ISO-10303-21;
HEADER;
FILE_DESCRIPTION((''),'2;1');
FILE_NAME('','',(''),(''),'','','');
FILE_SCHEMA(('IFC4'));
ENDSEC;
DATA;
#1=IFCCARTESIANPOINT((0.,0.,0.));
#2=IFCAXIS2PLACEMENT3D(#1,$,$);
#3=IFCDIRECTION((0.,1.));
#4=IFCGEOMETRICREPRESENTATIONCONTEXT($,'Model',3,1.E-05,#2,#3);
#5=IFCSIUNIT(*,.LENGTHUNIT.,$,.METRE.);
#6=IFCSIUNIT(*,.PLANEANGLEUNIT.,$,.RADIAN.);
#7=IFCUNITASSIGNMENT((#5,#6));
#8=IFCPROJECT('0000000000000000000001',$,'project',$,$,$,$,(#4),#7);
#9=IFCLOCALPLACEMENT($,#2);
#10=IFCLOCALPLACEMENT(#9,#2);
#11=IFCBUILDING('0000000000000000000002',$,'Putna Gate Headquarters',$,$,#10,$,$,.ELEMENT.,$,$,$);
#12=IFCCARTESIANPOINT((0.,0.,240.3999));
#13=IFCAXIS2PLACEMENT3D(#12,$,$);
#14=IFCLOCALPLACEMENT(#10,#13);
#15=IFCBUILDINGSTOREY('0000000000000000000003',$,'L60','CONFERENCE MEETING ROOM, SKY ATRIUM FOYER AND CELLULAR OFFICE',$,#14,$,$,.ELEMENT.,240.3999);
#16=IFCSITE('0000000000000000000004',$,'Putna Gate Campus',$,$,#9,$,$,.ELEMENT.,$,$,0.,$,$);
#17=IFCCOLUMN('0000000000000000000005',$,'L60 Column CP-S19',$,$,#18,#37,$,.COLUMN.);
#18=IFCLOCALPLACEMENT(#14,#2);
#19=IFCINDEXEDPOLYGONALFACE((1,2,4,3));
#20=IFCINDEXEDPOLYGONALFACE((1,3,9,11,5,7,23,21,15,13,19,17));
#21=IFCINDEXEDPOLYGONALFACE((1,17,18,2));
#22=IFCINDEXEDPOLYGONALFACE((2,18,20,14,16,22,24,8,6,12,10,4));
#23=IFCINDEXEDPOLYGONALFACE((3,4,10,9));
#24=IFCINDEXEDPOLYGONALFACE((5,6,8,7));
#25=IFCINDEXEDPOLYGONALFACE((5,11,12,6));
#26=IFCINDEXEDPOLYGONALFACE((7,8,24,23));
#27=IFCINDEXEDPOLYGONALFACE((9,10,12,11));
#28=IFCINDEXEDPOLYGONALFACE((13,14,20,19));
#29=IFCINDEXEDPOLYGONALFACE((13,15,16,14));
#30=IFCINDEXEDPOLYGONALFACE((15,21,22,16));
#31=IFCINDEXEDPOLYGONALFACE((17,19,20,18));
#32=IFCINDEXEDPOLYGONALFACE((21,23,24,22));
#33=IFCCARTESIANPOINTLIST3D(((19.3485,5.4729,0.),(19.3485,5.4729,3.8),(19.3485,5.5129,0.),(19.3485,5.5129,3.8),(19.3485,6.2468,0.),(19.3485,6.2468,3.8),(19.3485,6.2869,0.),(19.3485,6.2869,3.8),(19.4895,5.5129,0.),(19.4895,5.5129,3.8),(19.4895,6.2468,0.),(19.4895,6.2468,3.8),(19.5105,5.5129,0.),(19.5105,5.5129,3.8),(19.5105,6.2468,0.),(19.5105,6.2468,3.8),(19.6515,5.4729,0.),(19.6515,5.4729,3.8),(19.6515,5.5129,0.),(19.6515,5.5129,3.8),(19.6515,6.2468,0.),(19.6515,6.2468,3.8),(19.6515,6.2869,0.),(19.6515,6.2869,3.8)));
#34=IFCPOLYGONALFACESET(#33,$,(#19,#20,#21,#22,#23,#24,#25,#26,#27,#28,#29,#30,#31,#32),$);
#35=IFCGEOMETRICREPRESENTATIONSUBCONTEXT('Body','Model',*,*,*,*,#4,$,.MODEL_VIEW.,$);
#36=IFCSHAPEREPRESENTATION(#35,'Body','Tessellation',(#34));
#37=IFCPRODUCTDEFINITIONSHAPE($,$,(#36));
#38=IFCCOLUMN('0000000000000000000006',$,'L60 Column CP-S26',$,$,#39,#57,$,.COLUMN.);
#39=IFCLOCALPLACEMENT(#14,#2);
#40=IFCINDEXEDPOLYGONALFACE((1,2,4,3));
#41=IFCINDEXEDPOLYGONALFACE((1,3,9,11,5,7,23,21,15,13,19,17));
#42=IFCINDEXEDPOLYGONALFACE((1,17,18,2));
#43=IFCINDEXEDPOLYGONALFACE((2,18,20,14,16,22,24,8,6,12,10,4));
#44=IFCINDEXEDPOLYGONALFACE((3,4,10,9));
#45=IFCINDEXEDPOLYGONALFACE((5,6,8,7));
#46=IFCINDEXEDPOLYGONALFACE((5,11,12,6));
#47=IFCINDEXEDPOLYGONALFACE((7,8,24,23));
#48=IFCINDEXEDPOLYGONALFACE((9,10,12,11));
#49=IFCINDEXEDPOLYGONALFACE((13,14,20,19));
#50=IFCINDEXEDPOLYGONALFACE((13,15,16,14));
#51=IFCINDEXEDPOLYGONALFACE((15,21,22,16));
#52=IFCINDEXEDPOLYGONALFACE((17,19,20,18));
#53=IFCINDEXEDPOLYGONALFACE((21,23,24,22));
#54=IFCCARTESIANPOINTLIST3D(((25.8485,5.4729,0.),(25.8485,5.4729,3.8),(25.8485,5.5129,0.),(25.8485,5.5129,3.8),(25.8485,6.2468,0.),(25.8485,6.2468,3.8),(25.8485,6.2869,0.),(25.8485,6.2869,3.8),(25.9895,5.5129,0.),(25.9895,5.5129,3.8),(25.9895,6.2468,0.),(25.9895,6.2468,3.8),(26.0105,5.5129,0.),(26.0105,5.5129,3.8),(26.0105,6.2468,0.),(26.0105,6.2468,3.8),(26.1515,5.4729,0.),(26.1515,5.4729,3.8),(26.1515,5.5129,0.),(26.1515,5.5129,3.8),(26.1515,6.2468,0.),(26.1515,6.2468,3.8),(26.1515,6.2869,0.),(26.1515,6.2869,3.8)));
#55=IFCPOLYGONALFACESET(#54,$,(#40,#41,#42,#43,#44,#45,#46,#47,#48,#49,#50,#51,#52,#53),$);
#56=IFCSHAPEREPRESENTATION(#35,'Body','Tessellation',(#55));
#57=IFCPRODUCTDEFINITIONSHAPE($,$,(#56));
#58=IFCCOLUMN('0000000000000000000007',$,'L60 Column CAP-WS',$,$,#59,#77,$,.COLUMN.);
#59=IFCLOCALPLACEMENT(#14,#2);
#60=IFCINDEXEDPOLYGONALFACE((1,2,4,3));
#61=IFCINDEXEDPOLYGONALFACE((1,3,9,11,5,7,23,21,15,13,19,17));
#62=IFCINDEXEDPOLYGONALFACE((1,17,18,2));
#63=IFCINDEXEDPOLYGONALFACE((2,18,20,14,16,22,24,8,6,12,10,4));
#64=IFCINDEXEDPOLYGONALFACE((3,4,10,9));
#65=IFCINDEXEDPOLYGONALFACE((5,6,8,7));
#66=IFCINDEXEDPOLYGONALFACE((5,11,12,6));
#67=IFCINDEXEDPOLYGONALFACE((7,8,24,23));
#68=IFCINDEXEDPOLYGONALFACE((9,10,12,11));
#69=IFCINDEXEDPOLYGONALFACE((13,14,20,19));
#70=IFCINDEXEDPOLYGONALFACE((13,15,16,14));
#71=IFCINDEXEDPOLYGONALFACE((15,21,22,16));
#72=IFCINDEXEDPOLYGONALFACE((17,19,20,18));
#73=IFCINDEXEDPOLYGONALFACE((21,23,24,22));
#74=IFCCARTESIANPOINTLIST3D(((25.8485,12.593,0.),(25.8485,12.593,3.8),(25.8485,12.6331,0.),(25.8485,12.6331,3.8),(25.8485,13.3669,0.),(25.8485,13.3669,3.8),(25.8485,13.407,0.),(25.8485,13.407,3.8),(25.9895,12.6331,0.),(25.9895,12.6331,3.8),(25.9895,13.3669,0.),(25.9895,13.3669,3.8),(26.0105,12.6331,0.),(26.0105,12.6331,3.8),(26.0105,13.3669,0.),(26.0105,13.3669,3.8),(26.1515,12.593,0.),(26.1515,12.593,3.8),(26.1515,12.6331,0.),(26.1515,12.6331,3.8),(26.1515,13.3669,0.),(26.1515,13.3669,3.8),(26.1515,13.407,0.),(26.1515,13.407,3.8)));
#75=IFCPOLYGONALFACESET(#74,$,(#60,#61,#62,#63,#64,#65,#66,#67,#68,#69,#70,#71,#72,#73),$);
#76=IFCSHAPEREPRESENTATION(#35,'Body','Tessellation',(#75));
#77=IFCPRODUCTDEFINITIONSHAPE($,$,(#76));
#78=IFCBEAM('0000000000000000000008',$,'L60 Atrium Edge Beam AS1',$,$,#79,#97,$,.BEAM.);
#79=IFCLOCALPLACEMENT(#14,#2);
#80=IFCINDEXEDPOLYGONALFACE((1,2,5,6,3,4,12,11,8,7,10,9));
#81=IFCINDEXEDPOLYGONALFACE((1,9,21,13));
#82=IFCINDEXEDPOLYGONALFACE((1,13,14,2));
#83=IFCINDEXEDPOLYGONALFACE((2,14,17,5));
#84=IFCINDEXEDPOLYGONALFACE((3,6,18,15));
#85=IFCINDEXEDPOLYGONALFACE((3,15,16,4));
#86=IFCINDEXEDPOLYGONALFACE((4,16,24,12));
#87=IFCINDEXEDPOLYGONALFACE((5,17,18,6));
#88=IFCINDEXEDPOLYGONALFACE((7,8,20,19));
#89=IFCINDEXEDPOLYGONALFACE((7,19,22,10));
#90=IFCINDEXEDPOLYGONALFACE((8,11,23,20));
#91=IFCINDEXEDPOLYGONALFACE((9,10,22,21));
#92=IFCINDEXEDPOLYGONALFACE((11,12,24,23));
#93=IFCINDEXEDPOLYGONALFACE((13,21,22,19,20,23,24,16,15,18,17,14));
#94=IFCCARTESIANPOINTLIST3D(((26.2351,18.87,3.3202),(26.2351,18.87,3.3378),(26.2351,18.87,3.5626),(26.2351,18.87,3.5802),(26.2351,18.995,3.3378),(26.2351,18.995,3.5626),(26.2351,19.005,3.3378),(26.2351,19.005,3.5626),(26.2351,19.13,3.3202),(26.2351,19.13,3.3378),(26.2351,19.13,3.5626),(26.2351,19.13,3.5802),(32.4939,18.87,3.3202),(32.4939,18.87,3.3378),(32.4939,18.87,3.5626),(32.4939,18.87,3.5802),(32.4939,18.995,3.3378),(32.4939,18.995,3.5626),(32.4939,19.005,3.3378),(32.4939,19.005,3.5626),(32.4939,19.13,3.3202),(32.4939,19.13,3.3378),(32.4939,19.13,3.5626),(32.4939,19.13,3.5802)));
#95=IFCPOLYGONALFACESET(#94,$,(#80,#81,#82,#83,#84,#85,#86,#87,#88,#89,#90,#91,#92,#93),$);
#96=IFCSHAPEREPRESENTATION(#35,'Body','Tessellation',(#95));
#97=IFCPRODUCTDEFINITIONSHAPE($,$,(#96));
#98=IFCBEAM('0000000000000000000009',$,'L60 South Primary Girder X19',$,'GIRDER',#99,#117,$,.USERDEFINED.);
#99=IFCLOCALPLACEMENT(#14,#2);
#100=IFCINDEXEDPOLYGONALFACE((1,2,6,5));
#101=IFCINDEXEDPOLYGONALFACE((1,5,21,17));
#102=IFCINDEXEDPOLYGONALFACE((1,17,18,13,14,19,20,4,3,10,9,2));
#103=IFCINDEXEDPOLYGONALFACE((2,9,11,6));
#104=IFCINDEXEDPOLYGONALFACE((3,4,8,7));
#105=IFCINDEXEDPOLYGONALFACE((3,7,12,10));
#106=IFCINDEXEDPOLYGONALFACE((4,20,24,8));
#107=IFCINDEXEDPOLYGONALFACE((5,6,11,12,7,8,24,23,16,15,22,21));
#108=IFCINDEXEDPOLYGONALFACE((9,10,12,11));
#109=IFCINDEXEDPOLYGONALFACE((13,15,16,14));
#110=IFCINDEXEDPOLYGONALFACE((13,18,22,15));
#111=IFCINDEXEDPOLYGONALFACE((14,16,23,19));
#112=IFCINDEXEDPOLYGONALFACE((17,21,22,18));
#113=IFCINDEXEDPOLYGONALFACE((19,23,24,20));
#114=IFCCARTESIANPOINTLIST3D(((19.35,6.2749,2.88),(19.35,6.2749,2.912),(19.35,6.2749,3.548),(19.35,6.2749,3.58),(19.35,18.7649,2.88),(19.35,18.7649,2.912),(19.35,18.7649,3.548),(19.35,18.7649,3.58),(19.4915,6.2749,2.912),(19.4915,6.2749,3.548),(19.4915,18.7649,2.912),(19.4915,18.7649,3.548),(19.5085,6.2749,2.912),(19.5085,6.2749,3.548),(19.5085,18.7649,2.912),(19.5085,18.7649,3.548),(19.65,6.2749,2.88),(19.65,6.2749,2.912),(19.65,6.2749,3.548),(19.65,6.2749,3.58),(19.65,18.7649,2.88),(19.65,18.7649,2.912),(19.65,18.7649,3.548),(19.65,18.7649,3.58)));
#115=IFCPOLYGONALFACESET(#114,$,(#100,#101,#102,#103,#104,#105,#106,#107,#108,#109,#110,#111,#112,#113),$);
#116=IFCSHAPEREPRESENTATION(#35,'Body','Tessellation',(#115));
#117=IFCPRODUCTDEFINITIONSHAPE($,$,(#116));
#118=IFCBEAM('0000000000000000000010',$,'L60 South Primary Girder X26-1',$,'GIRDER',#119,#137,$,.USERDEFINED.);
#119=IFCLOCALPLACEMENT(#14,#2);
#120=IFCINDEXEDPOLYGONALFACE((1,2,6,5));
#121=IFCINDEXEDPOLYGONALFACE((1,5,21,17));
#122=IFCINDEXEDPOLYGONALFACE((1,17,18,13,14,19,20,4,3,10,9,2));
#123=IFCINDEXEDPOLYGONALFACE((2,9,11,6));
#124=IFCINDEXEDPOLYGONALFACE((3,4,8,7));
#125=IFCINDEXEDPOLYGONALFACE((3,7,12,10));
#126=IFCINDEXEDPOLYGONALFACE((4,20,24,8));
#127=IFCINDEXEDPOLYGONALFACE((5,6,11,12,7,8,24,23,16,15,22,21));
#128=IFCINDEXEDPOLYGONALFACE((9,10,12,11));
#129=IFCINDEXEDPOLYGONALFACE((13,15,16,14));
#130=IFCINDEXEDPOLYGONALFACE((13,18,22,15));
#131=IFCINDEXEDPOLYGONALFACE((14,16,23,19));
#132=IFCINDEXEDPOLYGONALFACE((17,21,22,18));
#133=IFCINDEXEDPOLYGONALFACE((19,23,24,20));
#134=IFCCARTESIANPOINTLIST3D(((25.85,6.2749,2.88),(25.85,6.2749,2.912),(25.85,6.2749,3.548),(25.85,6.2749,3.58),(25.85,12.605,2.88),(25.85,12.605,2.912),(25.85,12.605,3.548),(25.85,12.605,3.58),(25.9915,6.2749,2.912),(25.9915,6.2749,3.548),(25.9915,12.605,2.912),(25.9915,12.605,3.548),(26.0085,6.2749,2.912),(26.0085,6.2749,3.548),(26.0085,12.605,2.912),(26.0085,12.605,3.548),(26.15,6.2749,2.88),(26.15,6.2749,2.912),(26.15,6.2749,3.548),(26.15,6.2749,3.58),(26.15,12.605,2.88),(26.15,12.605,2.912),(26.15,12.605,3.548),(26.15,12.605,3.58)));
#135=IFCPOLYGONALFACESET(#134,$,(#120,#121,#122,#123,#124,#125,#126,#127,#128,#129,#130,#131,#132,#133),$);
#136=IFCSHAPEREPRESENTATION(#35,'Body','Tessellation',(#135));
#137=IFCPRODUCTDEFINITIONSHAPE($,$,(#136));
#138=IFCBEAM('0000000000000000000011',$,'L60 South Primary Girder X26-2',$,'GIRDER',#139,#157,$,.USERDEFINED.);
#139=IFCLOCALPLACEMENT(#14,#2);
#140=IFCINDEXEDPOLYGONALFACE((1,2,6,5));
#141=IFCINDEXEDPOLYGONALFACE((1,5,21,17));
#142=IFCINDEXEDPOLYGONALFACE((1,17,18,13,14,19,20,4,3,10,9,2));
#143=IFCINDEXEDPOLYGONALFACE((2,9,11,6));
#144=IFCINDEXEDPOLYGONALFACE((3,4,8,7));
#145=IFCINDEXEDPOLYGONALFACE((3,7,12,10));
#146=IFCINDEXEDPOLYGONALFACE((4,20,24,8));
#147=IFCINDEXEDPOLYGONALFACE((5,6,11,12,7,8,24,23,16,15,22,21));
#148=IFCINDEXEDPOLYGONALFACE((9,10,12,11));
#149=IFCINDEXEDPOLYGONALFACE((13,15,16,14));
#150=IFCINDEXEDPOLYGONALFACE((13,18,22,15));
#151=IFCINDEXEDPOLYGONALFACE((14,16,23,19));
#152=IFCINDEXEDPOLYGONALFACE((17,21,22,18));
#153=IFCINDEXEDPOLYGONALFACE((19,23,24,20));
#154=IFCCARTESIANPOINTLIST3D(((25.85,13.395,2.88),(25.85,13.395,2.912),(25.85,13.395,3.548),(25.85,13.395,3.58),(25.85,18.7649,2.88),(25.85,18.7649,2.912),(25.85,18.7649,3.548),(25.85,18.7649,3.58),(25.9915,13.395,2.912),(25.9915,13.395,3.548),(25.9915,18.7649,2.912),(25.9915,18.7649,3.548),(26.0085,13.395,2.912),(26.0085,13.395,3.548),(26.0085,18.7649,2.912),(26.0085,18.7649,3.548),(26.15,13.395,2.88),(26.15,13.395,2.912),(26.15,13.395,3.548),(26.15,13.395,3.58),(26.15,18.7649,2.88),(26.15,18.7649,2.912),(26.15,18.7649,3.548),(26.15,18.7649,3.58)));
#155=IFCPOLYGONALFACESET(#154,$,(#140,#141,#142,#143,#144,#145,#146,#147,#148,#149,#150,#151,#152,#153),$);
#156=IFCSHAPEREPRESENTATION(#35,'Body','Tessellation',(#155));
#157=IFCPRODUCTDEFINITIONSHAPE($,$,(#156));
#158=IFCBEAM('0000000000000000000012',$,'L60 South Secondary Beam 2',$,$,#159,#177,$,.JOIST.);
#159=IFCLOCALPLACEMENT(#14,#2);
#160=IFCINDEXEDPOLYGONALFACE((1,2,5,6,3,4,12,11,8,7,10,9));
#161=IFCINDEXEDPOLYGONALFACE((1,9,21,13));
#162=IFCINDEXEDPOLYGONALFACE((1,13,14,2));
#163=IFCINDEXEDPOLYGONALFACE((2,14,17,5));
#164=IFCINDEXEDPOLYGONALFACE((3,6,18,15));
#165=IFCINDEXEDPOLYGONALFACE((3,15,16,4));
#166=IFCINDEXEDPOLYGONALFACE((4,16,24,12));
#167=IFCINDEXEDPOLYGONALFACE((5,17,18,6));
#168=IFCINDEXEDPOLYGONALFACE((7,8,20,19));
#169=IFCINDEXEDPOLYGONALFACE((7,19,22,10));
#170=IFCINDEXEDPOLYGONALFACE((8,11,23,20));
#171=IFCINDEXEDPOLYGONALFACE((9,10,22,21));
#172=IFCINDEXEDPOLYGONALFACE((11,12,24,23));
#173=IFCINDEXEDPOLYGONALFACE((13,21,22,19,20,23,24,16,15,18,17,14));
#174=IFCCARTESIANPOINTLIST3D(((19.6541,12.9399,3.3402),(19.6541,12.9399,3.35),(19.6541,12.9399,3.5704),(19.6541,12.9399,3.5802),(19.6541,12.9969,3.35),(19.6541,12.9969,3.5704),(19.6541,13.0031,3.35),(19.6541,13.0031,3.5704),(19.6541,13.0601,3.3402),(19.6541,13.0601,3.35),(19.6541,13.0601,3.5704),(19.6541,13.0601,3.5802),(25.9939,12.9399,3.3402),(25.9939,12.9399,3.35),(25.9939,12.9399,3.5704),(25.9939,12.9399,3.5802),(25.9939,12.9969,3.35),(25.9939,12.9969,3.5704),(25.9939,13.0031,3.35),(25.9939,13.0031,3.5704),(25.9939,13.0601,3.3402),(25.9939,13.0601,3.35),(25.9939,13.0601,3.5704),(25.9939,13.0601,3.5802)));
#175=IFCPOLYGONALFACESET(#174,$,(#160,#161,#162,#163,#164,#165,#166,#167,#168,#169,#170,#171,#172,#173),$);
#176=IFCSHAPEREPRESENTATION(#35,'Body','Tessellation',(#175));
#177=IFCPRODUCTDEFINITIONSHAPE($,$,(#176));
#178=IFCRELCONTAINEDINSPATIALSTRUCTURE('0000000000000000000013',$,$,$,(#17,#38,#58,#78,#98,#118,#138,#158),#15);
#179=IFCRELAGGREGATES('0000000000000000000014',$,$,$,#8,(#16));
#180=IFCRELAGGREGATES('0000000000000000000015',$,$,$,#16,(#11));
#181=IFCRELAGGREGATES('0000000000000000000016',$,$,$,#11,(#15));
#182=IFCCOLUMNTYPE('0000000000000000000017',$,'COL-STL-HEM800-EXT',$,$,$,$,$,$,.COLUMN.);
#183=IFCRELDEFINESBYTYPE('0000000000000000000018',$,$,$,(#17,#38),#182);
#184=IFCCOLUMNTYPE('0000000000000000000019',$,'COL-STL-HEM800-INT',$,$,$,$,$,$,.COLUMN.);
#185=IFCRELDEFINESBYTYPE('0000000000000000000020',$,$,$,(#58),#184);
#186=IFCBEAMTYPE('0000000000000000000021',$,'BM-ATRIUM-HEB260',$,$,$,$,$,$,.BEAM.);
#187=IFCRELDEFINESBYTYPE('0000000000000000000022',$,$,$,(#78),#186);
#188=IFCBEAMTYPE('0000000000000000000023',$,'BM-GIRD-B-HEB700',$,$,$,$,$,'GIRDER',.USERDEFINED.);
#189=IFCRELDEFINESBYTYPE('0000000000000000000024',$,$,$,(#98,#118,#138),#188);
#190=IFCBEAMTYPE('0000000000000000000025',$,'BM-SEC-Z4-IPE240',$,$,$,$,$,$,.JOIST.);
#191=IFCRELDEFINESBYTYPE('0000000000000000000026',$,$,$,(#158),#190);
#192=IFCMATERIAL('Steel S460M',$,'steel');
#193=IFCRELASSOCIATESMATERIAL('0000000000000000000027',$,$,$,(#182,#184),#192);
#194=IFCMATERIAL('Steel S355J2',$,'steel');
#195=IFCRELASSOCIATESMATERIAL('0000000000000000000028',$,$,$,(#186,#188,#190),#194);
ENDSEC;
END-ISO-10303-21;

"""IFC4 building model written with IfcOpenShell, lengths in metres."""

from ifc_helpers import new_model, si_unit, direction, frame, origin, origin_2d, place, context, subcontext, project, spatial, i_section, extrude, material, material_profile, profile_set, type_object, element, save


model = new_model("IFC4")

# Units and contexts
model_context = context("Model", 3, precision=1e-05, world=origin(), true_north=direction((0.0, 1.0)))
body_context = subcontext(model_context, "Body", "Model", "MODEL_VIEW")
ifc_project = project(units=[si_unit("LENGTHUNIT", "METRE"), si_unit("PLANEANGLEUNIT", "RADIAN")], contexts=[model_context])

# Site, building, storey
site_placement = place(None, origin())
site = spatial("IfcSite", under=ifc_project, at=site_placement, Name="Putna Gate Campus", CompositionType="ELEMENT", RefElevation=0.0)
building_placement = place(site_placement, origin())
building = spatial("IfcBuilding", under=site, at=building_placement, Name="Putna Gate Headquarters", CompositionType="ELEMENT")
storey_placement = place(building_placement, frame((0.0, 0.0, 240.3999)))
storey = spatial("IfcBuildingStorey", under=building, at=storey_placement, Name="L60", Description="CONFERENCE MEETING ROOM, SKY ATRIUM FOYER AND CELLULAR OFFICE", CompositionType="ELEMENT", Elevation=240.3999)

# Columns
ifc_material_1 = material(Name="Steel S460M", Category="steel")
ifc_material_profile_1 = material_profile(ifc_material_1, i_section(OverallWidth=0.303, OverallDepth=0.814, WebThickness=0.021, FlangeThickness=0.04, at=origin_2d()), Name="Steel S460M")
ifc_profile_set_1 = profile_set([ifc_material_profile_1], Name="Steel S460M")
column_type_1 = type_object("IfcColumnType", Name="COL-STL-HEM800-EXT", PredefinedType="COLUMN", material=ifc_profile_set_1)
for number, where, z_axis, x_axis, name in (
    (1, (19.5, 5.8799, 0.0), (0.0, 0.0, 1.0), (1.0, 0.0, 0.0), "L60 Column CP-S19"),
    (2, (26.0, 5.8799, 0.0), (0.0, 0.0, 1.0), (1.0, 0.0, 0.0), "L60 Column CP-S26"),
):
    element("IfcColumn", number, at=place(storey_placement, frame(where, z_axis=z_axis, x_axis=x_axis)), inside=storey, type_object=column_type_1, Name=name, PredefinedType="COLUMN", context=body_context, shape_type="SweptSolid", body=[
        extrude(i_section(OverallWidth=0.303, OverallDepth=0.814, WebThickness=0.021, FlangeThickness=0.04, at=origin_2d()), origin(), (0.0, 0.0, 1.0), 3.8),
    ])
ifc_material_profile_2 = material_profile(ifc_material_1, i_section(OverallWidth=0.303, OverallDepth=0.814, WebThickness=0.021, FlangeThickness=0.04, at=origin_2d()), Name="Steel S460M")
ifc_profile_set_2 = profile_set([ifc_material_profile_2], Name="Steel S460M")
column_type_2 = type_object("IfcColumnType", Name="COL-STL-HEM800-INT", PredefinedType="COLUMN", material=ifc_profile_set_2)
column_placement = place(storey_placement, frame((26.0, 13.0, 0.0), z_axis=(0.0, 0.0, 1.0), x_axis=(1.0, 0.0, 0.0)))
element("IfcColumn", 3, at=column_placement, inside=storey, type_object=column_type_2, Name="L60 Column CAP-WS", PredefinedType="COLUMN", context=body_context, shape_type="SweptSolid", body=[
    extrude(i_section(OverallWidth=0.303, OverallDepth=0.814, WebThickness=0.021, FlangeThickness=0.04, at=origin_2d()), origin(), (0.0, 0.0, 1.0), 3.8),
])

# Beams
ifc_material_2 = material(Name="Steel S355J2", Category="steel")
ifc_material_profile_3 = material_profile(ifc_material_2, i_section(OverallWidth=0.26, OverallDepth=0.26, WebThickness=0.01, FlangeThickness=0.0176, at=origin_2d()), Name="Steel S355J2")
ifc_profile_set_3 = profile_set([ifc_material_profile_3], Name="Steel S355J2")
beam_type_1 = type_object("IfcBeamType", Name="BM-ATRIUM-HEB260", PredefinedType="BEAM", material=ifc_profile_set_3)
beam_1_placement = place(storey_placement, frame((26.2351, 19.0, 3.4502), z_axis=(1.0, 0.0, 0.0), x_axis=(0.0, 1.0, 0.0)))
element("IfcBeam", 4, at=beam_1_placement, inside=storey, type_object=beam_type_1, Name="L60 Atrium Edge Beam AS1", PredefinedType="BEAM", context=body_context, shape_type="SweptSolid", body=[
    extrude(i_section(OverallWidth=0.26, OverallDepth=0.26, WebThickness=0.01, FlangeThickness=0.0176, at=origin_2d()), origin(), (0.0, 0.0, 1.0), 6.2588),
])
ifc_material_profile_4 = material_profile(ifc_material_2, i_section(OverallWidth=0.3, OverallDepth=0.7, WebThickness=0.0171, FlangeThickness=0.032, at=origin_2d()), Name="Steel S355J2")
ifc_profile_set_4 = profile_set([ifc_material_profile_4], Name="Steel S355J2")
beam_type_2 = type_object("IfcBeamType", Name="BM-GIRD-B-HEB700", ElementType="GIRDER", PredefinedType="USERDEFINED", material=ifc_profile_set_4)
beam_2_placement = place(storey_placement, frame((19.5, 6.2749, 3.23), z_axis=(0.0, 1.0, 0.0), x_axis=(-1.0, 0.0, 0.0)))
element("IfcBeam", 5, at=beam_2_placement, inside=storey, type_object=beam_type_2, Name="L60 South Primary Girder X19", ObjectType="GIRDER", PredefinedType="USERDEFINED", context=body_context, shape_type="SweptSolid", body=[
    extrude(i_section(OverallWidth=0.3, OverallDepth=0.7, WebThickness=0.0171, FlangeThickness=0.032, at=origin_2d()), origin(), (0.0, 0.0, 1.0), 12.49),
])
beam_3_placement = place(storey_placement, frame((26.0, 6.2749, 3.23), z_axis=(0.0, 1.0, 0.0), x_axis=(-1.0, 0.0, 0.0)))
element("IfcBeam", 6, at=beam_3_placement, inside=storey, type_object=beam_type_2, Name="L60 South Primary Girder X26-1", ObjectType="GIRDER", PredefinedType="USERDEFINED", context=body_context, shape_type="SweptSolid", body=[
    extrude(i_section(OverallWidth=0.3, OverallDepth=0.7, WebThickness=0.0171, FlangeThickness=0.032, at=origin_2d()), origin(), (0.0, 0.0, 1.0), 6.3301),
])
beam_4_placement = place(storey_placement, frame((26.0, 13.395, 3.23), z_axis=(0.0, 1.0, 0.0), x_axis=(-1.0, 0.0, 0.0)))
element("IfcBeam", 7, at=beam_4_placement, inside=storey, type_object=beam_type_2, Name="L60 South Primary Girder X26-2", ObjectType="GIRDER", PredefinedType="USERDEFINED", context=body_context, shape_type="SweptSolid", body=[
    extrude(i_section(OverallWidth=0.3, OverallDepth=0.7, WebThickness=0.0171, FlangeThickness=0.032, at=origin_2d()), origin(), (0.0, 0.0, 1.0), 5.3699),
])
ifc_material_profile_5 = material_profile(ifc_material_2, i_section(OverallWidth=0.1201, OverallDepth=0.24, WebThickness=0.0061, FlangeThickness=0.0098, at=origin_2d()), Name="Steel S355J2")
ifc_profile_set_5 = profile_set([ifc_material_profile_5], Name="Steel S355J2")
beam_type_3 = type_object("IfcBeamType", Name="BM-SEC-Z4-IPE240", PredefinedType="JOIST", material=ifc_profile_set_5)
for number, where, z_axis, x_axis, name in (
    (8, (19.6541, 13.0, 3.4602), (1.0, 0.0, 0.0), (0.0, 1.0, 0.0), "L60 South Secondary Beam 2"),
):
    element("IfcBeam", number, at=place(storey_placement, frame(where, z_axis=z_axis, x_axis=x_axis)), inside=storey, type_object=beam_type_3, Name=name, PredefinedType="JOIST", context=body_context, shape_type="SweptSolid", body=[
        extrude(i_section(OverallWidth=0.1201, OverallDepth=0.24, WebThickness=0.0061, FlangeThickness=0.0098, at=origin_2d()), origin(), (0.0, 0.0, 1.0), 6.3398),
    ])

save(model, "model.ifc")
